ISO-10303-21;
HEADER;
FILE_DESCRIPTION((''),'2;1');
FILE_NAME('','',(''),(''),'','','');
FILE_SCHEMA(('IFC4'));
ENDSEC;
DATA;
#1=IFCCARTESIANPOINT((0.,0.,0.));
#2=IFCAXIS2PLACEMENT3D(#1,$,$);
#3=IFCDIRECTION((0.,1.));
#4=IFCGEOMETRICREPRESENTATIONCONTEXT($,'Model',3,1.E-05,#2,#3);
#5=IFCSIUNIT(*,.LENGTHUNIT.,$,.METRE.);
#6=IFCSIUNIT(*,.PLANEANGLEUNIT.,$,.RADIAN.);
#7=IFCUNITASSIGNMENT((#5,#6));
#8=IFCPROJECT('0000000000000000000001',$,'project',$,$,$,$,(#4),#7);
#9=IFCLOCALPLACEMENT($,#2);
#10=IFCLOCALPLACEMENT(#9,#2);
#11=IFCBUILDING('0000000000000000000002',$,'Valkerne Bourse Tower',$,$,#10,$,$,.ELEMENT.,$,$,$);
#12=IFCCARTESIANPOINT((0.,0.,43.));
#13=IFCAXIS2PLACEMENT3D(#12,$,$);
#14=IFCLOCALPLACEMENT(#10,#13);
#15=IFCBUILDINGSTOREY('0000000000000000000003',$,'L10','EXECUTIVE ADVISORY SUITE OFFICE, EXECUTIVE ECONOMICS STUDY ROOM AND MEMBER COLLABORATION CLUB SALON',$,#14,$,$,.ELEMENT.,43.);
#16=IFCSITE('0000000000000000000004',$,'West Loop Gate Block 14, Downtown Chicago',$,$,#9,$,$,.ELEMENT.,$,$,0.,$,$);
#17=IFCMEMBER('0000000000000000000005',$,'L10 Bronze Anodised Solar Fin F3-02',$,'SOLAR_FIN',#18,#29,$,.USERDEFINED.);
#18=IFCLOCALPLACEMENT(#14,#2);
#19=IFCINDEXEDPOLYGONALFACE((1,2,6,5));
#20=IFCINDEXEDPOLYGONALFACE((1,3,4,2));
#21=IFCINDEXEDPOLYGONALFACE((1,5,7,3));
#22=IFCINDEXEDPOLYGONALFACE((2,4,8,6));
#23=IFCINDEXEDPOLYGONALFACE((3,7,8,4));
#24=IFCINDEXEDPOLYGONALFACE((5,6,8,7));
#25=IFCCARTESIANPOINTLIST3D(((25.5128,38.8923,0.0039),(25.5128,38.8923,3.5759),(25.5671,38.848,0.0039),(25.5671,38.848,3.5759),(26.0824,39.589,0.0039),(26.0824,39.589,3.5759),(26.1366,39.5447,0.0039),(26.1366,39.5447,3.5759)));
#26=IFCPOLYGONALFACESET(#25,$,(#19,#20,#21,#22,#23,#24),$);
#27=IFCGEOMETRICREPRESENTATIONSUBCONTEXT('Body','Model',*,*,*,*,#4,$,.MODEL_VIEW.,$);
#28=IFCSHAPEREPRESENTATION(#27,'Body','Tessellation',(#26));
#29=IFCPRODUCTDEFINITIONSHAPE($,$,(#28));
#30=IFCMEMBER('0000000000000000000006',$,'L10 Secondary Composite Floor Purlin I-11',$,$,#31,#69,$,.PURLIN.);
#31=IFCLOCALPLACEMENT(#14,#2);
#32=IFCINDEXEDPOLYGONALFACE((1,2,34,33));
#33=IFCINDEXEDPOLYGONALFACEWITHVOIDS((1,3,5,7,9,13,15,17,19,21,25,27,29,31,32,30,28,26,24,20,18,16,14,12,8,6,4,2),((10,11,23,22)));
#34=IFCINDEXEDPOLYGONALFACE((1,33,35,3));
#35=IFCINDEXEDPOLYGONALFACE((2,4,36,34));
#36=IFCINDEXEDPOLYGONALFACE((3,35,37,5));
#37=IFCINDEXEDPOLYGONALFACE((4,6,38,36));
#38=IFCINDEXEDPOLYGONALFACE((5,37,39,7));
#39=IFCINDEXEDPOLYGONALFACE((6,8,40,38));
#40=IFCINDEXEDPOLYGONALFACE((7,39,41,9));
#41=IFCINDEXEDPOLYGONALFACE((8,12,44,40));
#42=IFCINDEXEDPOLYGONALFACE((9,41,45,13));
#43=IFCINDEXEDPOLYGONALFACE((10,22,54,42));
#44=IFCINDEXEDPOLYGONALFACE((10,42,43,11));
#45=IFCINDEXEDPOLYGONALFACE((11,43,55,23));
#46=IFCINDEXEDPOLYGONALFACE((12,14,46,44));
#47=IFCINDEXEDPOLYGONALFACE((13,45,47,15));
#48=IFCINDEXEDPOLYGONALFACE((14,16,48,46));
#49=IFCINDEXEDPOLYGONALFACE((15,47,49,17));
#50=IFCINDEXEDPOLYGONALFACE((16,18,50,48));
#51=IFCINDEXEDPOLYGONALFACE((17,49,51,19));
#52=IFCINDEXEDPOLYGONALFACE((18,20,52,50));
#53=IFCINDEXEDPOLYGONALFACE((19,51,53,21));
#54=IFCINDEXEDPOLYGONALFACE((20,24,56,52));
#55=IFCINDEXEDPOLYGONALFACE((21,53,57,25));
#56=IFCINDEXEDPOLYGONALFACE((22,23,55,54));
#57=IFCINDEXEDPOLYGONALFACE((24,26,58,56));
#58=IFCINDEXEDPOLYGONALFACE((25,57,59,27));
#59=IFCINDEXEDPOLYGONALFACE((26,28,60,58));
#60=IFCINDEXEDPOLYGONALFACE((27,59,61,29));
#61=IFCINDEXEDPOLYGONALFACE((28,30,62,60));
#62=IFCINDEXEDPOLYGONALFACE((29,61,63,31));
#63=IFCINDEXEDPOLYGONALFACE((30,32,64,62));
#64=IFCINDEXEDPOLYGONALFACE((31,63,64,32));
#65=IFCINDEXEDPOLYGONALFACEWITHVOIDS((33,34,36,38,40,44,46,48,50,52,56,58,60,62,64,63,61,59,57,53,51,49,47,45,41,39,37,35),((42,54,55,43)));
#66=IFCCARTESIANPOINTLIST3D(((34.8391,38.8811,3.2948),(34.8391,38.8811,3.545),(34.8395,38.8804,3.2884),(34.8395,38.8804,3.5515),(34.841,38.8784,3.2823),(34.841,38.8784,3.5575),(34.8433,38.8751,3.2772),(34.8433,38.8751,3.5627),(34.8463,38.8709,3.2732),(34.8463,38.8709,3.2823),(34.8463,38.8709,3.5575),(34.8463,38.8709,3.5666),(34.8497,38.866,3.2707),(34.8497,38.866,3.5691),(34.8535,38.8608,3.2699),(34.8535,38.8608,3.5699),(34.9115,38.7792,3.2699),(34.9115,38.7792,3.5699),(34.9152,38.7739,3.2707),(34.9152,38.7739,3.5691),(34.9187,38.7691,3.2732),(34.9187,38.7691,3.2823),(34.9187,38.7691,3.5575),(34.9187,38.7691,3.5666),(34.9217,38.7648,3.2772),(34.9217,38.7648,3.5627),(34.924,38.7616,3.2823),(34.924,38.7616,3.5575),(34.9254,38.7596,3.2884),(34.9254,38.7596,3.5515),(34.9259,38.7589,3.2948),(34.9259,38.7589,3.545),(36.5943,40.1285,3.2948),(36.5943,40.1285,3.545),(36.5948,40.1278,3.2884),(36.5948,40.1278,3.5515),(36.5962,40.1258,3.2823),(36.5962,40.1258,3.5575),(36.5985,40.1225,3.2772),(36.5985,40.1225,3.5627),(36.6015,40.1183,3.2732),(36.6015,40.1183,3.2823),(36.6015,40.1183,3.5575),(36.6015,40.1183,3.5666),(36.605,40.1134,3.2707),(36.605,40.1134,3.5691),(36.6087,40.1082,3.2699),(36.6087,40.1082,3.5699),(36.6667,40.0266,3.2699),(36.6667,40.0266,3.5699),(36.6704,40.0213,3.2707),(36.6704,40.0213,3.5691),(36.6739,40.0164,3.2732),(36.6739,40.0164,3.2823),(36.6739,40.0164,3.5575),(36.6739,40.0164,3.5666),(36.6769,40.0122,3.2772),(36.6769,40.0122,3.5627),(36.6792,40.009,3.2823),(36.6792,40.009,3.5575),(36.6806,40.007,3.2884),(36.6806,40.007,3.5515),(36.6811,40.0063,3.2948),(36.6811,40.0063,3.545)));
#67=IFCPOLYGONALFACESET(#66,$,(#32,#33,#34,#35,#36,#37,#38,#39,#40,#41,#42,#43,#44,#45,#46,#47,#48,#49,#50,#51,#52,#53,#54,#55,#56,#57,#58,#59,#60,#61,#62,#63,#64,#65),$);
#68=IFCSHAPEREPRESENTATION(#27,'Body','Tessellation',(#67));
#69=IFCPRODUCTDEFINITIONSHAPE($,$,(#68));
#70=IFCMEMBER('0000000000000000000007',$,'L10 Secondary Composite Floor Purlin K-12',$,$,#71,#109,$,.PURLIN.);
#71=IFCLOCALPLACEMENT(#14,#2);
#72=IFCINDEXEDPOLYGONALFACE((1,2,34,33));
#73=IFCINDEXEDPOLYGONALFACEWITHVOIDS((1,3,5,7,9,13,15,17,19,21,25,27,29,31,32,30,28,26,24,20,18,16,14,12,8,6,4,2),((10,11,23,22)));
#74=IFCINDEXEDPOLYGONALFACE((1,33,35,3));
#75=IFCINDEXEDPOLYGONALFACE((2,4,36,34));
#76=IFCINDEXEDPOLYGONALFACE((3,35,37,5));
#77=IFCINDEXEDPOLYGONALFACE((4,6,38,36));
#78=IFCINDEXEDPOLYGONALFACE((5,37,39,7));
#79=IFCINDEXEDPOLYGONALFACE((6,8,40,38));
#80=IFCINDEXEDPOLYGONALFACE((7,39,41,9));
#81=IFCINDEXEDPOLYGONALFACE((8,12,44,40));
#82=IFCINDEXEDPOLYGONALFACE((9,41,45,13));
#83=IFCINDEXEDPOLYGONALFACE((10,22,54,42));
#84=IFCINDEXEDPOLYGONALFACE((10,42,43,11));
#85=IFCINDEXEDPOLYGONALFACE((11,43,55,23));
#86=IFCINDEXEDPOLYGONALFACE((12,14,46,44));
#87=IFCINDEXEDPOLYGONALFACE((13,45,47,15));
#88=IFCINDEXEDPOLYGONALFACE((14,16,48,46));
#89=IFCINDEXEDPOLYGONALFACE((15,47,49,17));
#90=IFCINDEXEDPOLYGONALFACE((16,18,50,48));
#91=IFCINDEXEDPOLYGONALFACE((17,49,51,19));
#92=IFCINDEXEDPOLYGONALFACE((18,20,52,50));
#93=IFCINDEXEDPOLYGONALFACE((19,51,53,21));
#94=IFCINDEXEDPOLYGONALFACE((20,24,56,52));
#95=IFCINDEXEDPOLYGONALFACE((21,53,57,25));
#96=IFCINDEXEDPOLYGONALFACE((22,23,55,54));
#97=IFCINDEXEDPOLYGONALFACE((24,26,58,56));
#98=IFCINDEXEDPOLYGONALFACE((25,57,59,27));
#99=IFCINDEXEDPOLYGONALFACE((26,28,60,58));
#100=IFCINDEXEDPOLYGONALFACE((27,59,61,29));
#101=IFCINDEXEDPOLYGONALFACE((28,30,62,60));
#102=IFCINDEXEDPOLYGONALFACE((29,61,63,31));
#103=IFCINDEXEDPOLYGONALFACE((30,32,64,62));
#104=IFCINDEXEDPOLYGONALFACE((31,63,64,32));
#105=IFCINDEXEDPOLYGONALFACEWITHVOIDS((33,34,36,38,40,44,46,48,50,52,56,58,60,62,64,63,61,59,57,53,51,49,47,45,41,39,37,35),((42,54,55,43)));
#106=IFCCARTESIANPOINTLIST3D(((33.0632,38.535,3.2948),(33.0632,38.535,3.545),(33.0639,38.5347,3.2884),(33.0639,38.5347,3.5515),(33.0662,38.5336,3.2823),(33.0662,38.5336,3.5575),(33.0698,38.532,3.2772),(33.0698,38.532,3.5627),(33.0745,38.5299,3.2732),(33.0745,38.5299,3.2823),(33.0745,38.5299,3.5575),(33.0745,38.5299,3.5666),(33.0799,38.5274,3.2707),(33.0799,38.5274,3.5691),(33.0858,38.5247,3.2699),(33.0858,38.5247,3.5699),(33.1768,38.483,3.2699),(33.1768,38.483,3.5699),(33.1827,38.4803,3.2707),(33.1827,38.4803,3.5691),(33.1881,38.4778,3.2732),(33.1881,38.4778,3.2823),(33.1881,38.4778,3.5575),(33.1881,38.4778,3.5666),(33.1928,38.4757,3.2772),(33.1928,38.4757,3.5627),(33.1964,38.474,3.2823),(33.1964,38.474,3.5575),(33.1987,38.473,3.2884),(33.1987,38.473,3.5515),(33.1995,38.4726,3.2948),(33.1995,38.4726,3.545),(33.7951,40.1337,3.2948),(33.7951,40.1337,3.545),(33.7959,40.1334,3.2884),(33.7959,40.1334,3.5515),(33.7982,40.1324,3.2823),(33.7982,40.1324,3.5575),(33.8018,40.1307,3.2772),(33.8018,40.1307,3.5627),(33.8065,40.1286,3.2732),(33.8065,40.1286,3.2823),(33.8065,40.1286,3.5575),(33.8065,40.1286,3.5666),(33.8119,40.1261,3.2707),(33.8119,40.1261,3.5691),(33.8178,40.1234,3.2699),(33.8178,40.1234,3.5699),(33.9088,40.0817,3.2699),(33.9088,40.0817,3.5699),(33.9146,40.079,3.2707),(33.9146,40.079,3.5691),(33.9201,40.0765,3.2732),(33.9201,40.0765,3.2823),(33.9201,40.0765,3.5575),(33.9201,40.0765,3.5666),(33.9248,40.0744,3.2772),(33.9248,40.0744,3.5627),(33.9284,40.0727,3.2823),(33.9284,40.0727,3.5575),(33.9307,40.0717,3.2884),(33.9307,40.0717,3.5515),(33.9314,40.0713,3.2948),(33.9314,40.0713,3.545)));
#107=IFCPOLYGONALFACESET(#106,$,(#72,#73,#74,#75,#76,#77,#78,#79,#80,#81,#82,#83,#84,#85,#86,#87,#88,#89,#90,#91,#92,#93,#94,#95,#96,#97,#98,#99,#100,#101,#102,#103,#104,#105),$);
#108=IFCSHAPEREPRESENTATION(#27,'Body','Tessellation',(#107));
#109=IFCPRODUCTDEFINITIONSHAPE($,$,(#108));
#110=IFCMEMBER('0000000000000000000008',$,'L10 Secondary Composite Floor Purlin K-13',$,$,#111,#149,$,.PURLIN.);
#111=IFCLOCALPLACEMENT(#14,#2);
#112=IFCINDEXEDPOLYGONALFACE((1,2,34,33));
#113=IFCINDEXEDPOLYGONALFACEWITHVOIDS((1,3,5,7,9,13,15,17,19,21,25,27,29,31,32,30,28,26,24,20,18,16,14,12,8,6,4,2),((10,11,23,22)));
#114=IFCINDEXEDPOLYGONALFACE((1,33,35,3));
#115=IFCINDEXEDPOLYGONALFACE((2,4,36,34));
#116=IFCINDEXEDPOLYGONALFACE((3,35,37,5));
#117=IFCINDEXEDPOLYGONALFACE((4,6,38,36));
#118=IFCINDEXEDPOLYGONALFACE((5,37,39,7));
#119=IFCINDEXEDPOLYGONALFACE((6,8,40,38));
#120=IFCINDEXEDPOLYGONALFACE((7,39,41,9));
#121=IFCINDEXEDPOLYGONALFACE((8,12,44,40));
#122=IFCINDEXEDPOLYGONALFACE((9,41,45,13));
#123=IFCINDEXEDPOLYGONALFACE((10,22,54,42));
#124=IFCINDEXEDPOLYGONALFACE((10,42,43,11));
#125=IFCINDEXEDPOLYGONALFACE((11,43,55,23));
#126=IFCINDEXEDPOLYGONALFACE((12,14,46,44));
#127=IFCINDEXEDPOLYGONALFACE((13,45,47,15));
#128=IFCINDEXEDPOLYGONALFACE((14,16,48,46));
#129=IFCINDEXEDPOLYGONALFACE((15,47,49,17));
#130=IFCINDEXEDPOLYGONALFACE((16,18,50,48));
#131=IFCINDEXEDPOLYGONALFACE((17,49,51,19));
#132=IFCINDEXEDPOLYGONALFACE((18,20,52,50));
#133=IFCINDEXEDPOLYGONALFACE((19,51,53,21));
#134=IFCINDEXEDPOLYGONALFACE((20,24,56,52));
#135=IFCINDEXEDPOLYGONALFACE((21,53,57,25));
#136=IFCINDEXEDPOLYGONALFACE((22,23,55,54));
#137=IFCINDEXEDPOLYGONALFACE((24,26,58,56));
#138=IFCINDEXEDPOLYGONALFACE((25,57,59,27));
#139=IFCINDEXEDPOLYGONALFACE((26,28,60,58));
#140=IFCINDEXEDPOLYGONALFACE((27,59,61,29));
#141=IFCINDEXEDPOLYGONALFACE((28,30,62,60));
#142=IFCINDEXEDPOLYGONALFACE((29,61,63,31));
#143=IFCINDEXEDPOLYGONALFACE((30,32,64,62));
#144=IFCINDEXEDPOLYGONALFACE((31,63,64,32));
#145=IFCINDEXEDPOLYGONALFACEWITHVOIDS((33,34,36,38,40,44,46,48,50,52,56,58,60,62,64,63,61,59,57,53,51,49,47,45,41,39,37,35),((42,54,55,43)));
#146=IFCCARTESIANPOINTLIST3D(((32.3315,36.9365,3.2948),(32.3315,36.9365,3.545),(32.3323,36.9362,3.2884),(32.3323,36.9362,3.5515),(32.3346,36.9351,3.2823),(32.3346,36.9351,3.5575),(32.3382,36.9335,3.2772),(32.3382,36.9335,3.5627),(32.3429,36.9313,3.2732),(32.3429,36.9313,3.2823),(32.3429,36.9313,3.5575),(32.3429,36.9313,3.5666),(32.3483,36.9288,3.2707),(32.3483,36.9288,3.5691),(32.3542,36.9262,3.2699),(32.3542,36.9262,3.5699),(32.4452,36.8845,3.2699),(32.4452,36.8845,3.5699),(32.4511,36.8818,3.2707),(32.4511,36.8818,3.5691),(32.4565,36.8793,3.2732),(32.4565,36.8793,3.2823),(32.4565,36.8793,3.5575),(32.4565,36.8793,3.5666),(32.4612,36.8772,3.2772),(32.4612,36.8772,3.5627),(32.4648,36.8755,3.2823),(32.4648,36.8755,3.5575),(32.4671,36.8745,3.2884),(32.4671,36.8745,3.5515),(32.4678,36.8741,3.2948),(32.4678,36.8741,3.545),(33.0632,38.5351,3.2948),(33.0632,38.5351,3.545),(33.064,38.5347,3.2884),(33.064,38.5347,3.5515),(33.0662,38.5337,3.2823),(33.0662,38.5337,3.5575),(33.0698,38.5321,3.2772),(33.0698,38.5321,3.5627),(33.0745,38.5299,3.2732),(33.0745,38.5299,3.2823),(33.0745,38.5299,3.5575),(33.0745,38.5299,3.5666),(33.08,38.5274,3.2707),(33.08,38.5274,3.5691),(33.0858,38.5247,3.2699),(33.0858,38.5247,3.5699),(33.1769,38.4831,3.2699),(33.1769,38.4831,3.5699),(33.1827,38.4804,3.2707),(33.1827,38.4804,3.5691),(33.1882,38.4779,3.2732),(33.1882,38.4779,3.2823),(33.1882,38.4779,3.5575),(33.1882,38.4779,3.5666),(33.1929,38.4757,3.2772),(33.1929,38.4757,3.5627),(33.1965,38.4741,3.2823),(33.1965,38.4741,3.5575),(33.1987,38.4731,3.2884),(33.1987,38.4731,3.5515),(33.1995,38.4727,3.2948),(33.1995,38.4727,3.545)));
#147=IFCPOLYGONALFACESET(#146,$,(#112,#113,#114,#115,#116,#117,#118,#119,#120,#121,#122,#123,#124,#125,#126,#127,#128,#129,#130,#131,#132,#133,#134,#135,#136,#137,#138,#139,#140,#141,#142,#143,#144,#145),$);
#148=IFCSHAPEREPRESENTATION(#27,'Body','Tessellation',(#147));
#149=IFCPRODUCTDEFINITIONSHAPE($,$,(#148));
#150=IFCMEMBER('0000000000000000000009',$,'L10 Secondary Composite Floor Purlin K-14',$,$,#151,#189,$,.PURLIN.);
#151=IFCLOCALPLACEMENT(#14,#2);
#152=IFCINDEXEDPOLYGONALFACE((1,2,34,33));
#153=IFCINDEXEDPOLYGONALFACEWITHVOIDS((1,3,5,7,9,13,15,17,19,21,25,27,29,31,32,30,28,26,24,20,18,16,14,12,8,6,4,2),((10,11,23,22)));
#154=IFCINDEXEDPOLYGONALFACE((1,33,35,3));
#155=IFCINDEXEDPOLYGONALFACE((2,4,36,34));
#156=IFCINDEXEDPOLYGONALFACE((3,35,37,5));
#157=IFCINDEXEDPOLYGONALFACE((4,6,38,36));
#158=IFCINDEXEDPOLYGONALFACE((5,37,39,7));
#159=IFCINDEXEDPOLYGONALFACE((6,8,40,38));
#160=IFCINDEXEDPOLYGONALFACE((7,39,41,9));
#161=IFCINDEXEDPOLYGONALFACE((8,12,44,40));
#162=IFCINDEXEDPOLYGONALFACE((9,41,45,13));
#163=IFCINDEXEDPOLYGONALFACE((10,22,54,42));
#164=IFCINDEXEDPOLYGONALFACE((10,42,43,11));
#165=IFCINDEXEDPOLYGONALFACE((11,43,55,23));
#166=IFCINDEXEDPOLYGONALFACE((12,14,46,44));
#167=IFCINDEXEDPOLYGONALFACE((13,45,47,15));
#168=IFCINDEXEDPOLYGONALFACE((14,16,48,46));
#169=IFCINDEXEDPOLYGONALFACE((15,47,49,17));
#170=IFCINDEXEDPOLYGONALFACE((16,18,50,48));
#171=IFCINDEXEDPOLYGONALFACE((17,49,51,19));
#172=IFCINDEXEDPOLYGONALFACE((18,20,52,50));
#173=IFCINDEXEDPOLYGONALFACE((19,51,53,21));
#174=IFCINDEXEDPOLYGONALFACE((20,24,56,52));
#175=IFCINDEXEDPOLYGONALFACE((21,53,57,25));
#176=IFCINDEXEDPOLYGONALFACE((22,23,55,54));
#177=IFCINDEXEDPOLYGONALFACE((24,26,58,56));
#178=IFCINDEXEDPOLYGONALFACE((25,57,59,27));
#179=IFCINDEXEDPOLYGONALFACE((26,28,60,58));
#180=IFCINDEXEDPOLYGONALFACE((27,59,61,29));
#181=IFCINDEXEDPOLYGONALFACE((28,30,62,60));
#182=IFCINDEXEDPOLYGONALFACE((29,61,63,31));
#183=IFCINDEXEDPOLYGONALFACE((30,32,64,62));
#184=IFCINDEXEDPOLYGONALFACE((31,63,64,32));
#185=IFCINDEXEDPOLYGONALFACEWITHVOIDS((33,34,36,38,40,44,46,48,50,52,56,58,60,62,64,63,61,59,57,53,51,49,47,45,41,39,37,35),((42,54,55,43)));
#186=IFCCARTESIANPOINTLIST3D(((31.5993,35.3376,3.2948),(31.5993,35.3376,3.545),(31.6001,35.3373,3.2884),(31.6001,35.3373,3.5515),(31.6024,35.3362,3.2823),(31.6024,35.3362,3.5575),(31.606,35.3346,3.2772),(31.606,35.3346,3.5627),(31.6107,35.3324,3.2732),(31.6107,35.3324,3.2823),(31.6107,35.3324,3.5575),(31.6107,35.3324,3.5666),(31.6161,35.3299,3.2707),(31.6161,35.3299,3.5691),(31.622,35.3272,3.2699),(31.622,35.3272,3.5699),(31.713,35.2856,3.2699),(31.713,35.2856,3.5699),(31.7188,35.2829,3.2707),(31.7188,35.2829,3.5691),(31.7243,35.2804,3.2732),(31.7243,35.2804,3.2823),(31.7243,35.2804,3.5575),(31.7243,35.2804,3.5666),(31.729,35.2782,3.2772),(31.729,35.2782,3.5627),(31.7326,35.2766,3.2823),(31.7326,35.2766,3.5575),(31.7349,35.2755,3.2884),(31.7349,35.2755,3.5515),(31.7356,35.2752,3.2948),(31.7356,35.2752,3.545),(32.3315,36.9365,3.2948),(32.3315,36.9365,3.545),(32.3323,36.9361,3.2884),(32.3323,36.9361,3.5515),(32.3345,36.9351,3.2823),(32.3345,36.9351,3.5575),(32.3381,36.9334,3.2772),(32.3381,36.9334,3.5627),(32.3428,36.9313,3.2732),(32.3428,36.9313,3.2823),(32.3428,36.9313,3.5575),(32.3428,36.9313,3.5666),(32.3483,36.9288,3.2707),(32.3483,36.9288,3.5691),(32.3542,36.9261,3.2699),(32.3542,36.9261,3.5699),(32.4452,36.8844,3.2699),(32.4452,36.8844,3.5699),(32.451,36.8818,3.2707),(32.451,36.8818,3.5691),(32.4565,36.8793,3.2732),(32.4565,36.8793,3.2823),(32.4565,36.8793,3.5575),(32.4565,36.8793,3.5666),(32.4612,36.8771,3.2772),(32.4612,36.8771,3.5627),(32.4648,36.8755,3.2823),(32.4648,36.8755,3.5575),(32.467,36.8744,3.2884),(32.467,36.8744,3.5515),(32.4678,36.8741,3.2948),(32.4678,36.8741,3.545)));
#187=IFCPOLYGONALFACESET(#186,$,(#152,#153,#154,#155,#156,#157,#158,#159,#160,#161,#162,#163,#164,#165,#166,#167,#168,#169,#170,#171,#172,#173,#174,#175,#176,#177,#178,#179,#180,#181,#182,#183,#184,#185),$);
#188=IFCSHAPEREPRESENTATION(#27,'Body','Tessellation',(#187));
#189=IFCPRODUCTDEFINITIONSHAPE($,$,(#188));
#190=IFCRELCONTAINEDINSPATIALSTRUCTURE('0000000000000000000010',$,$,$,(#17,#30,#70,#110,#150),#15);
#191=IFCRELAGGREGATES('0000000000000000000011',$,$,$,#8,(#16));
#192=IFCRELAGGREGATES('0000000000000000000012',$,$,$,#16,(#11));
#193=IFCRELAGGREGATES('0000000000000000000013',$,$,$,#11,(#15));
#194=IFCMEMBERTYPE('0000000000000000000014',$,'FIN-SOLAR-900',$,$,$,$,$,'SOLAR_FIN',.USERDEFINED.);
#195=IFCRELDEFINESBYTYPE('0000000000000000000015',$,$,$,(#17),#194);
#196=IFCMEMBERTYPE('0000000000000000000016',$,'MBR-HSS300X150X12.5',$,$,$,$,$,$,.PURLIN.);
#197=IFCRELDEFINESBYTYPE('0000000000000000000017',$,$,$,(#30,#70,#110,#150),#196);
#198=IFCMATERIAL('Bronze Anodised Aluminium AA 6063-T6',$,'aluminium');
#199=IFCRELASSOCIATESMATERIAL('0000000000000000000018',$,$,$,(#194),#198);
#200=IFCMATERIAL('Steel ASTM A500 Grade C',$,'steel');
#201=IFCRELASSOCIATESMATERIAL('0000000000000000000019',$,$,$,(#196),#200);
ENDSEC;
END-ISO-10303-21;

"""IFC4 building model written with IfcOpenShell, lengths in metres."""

from ifc_helpers import new_model, si_unit, direction, frame, origin, origin_2d, place, context, subcontext, project, spatial, rectangle, hollow_rectangle, extrude, material, material_profile, profile_set, type_object, element, save


model = new_model("IFC4")

# Units and contexts
model_context = context("Model", 3, precision=1e-05, world=origin(), true_north=direction((0.0, 1.0)))
body_context = subcontext(model_context, "Body", "Model", "MODEL_VIEW")
ifc_project = project(units=[si_unit("LENGTHUNIT", "METRE"), si_unit("PLANEANGLEUNIT", "RADIAN")], contexts=[model_context])

# Site, building, storey
site_placement = place(None, origin())
site = spatial("IfcSite", under=ifc_project, at=site_placement, Name="West Loop Gate Block 14, Downtown Chicago", CompositionType="ELEMENT", RefElevation=0.0)
building_placement = place(site_placement, origin())
building = spatial("IfcBuilding", under=site, at=building_placement, Name="Valkerne Bourse Tower", CompositionType="ELEMENT")
storey_placement = place(building_placement, frame((0.0, 0.0, 43.0)))
storey = spatial("IfcBuildingStorey", under=building, at=storey_placement, Name="L10", Description="EXECUTIVE ADVISORY SUITE OFFICE, EXECUTIVE ECONOMICS STUDY ROOM AND MEMBER COLLABORATION CLUB SALON", CompositionType="ELEMENT", Elevation=43.0)

# Members
ifc_material_1 = material(Name="Bronze Anodised Aluminium AA 6063-T6", Category="aluminium")
ifc_material_profile_1 = material_profile(ifc_material_1, rectangle(XDim=0.0701, YDim=0.8999, at=origin_2d()), Name="FIN-70X900")
ifc_profile_set_1 = profile_set([ifc_material_profile_1], Name="Bronze Anodised Aluminium AA 6063-T6")
member_type_1 = type_object("IfcMemberType", Name="FIN-SOLAR-900", ElementType="SOLAR_FIN", PredefinedType="USERDEFINED", material=ifc_profile_set_1)
member_1_placement = place(storey_placement, frame((25.8247, 39.2185, 0.0039), z_axis=(0.0, 0.0, 1.0), x_axis=(-0.774222, 0.632914, 0.0)))
element("IfcMember", 1, at=member_1_placement, inside=storey, type_object=member_type_1, Name="L10 Bronze Anodised Solar Fin F3-02", ObjectType="SOLAR_FIN", PredefinedType="USERDEFINED", context=body_context, shape_type="SweptSolid", body=[
    extrude(rectangle(XDim=0.0701, YDim=0.8999, at=origin_2d()), origin(), (0.0, 0.0, 1.0), 3.572),
])
ifc_material_2 = material(Name="Steel ASTM A500 Grade C", Category="steel")
ifc_material_profile_2 = material_profile(ifc_material_2, hollow_rectangle(XDim=0.1499, YDim=0.3, WallThickness=0.0125, OuterFilletRadius=0.0249, at=origin_2d()), Name="HSS300X150X12.5")
ifc_profile_set_2 = profile_set([ifc_material_profile_2], Name="Steel ASTM A500 Grade C")
member_type_2 = type_object("IfcMemberType", Name="MBR-HSS300X150X12.5", PredefinedType="PURLIN", material=ifc_profile_set_2)
member_2_placement = place(storey_placement, frame((36.6377, 40.0674, 3.4199), z_axis=(-0.815125, -0.579284, 0.0), x_axis=(0.579284, -0.815125, 0.0)))
element("IfcMember", 2, at=member_2_placement, inside=storey, type_object=member_type_2, Name="L10 Secondary Composite Floor Purlin I-11", PredefinedType="PURLIN", context=body_context, shape_type="SweptSolid", body=[
    extrude(hollow_rectangle(XDim=0.1499, YDim=0.3, WallThickness=0.0125, OuterFilletRadius=0.0249, at=origin_2d()), origin(), (0.0, 0.0, 1.0), 2.1533),
])
member_3_placement = place(storey_placement, frame((33.8633, 40.1025, 3.4199), z_axis=(-0.416291, -0.909231, 0.0), x_axis=(0.909231, -0.416291, 0.0)))
element("IfcMember", 3, at=member_3_placement, inside=storey, type_object=member_type_2, Name="L10 Secondary Composite Floor Purlin K-12", PredefinedType="PURLIN", context=body_context, shape_type="SweptSolid", body=[
    extrude(hollow_rectangle(XDim=0.1499, YDim=0.3, WallThickness=0.0125, OuterFilletRadius=0.0249, at=origin_2d()), origin(), (0.0, 0.0, 1.0), 1.7583),
])
member_4_placement = place(storey_placement, frame((33.1313, 38.5039, 3.4199), z_axis=(-0.416176, -0.909284, 0.0), x_axis=(0.909284, -0.416176, 0.0)))
element("IfcMember", 4, at=member_4_placement, inside=storey, type_object=member_type_2, Name="L10 Secondary Composite Floor Purlin K-13", PredefinedType="PURLIN", context=body_context, shape_type="SweptSolid", body=[
    extrude(hollow_rectangle(XDim=0.1499, YDim=0.3, WallThickness=0.0125, OuterFilletRadius=0.0249, at=origin_2d()), origin(), (0.0, 0.0, 1.0), 1.7581),
])
member_5_placement = place(storey_placement, frame((32.3997, 36.9053, 3.4199), z_axis=(-0.416354, -0.909203, 0.0), x_axis=(0.909203, -0.416354, 0.0)))
element("IfcMember", 5, at=member_5_placement, inside=storey, type_object=member_type_2, Name="L10 Secondary Composite Floor Purlin K-14", PredefinedType="PURLIN", context=body_context, shape_type="SweptSolid", body=[
    extrude(hollow_rectangle(XDim=0.1499, YDim=0.3, WallThickness=0.0125, OuterFilletRadius=0.0249, at=origin_2d()), origin(), (0.0, 0.0, 1.0), 1.7585),
])

save(model, "model.ifc")
